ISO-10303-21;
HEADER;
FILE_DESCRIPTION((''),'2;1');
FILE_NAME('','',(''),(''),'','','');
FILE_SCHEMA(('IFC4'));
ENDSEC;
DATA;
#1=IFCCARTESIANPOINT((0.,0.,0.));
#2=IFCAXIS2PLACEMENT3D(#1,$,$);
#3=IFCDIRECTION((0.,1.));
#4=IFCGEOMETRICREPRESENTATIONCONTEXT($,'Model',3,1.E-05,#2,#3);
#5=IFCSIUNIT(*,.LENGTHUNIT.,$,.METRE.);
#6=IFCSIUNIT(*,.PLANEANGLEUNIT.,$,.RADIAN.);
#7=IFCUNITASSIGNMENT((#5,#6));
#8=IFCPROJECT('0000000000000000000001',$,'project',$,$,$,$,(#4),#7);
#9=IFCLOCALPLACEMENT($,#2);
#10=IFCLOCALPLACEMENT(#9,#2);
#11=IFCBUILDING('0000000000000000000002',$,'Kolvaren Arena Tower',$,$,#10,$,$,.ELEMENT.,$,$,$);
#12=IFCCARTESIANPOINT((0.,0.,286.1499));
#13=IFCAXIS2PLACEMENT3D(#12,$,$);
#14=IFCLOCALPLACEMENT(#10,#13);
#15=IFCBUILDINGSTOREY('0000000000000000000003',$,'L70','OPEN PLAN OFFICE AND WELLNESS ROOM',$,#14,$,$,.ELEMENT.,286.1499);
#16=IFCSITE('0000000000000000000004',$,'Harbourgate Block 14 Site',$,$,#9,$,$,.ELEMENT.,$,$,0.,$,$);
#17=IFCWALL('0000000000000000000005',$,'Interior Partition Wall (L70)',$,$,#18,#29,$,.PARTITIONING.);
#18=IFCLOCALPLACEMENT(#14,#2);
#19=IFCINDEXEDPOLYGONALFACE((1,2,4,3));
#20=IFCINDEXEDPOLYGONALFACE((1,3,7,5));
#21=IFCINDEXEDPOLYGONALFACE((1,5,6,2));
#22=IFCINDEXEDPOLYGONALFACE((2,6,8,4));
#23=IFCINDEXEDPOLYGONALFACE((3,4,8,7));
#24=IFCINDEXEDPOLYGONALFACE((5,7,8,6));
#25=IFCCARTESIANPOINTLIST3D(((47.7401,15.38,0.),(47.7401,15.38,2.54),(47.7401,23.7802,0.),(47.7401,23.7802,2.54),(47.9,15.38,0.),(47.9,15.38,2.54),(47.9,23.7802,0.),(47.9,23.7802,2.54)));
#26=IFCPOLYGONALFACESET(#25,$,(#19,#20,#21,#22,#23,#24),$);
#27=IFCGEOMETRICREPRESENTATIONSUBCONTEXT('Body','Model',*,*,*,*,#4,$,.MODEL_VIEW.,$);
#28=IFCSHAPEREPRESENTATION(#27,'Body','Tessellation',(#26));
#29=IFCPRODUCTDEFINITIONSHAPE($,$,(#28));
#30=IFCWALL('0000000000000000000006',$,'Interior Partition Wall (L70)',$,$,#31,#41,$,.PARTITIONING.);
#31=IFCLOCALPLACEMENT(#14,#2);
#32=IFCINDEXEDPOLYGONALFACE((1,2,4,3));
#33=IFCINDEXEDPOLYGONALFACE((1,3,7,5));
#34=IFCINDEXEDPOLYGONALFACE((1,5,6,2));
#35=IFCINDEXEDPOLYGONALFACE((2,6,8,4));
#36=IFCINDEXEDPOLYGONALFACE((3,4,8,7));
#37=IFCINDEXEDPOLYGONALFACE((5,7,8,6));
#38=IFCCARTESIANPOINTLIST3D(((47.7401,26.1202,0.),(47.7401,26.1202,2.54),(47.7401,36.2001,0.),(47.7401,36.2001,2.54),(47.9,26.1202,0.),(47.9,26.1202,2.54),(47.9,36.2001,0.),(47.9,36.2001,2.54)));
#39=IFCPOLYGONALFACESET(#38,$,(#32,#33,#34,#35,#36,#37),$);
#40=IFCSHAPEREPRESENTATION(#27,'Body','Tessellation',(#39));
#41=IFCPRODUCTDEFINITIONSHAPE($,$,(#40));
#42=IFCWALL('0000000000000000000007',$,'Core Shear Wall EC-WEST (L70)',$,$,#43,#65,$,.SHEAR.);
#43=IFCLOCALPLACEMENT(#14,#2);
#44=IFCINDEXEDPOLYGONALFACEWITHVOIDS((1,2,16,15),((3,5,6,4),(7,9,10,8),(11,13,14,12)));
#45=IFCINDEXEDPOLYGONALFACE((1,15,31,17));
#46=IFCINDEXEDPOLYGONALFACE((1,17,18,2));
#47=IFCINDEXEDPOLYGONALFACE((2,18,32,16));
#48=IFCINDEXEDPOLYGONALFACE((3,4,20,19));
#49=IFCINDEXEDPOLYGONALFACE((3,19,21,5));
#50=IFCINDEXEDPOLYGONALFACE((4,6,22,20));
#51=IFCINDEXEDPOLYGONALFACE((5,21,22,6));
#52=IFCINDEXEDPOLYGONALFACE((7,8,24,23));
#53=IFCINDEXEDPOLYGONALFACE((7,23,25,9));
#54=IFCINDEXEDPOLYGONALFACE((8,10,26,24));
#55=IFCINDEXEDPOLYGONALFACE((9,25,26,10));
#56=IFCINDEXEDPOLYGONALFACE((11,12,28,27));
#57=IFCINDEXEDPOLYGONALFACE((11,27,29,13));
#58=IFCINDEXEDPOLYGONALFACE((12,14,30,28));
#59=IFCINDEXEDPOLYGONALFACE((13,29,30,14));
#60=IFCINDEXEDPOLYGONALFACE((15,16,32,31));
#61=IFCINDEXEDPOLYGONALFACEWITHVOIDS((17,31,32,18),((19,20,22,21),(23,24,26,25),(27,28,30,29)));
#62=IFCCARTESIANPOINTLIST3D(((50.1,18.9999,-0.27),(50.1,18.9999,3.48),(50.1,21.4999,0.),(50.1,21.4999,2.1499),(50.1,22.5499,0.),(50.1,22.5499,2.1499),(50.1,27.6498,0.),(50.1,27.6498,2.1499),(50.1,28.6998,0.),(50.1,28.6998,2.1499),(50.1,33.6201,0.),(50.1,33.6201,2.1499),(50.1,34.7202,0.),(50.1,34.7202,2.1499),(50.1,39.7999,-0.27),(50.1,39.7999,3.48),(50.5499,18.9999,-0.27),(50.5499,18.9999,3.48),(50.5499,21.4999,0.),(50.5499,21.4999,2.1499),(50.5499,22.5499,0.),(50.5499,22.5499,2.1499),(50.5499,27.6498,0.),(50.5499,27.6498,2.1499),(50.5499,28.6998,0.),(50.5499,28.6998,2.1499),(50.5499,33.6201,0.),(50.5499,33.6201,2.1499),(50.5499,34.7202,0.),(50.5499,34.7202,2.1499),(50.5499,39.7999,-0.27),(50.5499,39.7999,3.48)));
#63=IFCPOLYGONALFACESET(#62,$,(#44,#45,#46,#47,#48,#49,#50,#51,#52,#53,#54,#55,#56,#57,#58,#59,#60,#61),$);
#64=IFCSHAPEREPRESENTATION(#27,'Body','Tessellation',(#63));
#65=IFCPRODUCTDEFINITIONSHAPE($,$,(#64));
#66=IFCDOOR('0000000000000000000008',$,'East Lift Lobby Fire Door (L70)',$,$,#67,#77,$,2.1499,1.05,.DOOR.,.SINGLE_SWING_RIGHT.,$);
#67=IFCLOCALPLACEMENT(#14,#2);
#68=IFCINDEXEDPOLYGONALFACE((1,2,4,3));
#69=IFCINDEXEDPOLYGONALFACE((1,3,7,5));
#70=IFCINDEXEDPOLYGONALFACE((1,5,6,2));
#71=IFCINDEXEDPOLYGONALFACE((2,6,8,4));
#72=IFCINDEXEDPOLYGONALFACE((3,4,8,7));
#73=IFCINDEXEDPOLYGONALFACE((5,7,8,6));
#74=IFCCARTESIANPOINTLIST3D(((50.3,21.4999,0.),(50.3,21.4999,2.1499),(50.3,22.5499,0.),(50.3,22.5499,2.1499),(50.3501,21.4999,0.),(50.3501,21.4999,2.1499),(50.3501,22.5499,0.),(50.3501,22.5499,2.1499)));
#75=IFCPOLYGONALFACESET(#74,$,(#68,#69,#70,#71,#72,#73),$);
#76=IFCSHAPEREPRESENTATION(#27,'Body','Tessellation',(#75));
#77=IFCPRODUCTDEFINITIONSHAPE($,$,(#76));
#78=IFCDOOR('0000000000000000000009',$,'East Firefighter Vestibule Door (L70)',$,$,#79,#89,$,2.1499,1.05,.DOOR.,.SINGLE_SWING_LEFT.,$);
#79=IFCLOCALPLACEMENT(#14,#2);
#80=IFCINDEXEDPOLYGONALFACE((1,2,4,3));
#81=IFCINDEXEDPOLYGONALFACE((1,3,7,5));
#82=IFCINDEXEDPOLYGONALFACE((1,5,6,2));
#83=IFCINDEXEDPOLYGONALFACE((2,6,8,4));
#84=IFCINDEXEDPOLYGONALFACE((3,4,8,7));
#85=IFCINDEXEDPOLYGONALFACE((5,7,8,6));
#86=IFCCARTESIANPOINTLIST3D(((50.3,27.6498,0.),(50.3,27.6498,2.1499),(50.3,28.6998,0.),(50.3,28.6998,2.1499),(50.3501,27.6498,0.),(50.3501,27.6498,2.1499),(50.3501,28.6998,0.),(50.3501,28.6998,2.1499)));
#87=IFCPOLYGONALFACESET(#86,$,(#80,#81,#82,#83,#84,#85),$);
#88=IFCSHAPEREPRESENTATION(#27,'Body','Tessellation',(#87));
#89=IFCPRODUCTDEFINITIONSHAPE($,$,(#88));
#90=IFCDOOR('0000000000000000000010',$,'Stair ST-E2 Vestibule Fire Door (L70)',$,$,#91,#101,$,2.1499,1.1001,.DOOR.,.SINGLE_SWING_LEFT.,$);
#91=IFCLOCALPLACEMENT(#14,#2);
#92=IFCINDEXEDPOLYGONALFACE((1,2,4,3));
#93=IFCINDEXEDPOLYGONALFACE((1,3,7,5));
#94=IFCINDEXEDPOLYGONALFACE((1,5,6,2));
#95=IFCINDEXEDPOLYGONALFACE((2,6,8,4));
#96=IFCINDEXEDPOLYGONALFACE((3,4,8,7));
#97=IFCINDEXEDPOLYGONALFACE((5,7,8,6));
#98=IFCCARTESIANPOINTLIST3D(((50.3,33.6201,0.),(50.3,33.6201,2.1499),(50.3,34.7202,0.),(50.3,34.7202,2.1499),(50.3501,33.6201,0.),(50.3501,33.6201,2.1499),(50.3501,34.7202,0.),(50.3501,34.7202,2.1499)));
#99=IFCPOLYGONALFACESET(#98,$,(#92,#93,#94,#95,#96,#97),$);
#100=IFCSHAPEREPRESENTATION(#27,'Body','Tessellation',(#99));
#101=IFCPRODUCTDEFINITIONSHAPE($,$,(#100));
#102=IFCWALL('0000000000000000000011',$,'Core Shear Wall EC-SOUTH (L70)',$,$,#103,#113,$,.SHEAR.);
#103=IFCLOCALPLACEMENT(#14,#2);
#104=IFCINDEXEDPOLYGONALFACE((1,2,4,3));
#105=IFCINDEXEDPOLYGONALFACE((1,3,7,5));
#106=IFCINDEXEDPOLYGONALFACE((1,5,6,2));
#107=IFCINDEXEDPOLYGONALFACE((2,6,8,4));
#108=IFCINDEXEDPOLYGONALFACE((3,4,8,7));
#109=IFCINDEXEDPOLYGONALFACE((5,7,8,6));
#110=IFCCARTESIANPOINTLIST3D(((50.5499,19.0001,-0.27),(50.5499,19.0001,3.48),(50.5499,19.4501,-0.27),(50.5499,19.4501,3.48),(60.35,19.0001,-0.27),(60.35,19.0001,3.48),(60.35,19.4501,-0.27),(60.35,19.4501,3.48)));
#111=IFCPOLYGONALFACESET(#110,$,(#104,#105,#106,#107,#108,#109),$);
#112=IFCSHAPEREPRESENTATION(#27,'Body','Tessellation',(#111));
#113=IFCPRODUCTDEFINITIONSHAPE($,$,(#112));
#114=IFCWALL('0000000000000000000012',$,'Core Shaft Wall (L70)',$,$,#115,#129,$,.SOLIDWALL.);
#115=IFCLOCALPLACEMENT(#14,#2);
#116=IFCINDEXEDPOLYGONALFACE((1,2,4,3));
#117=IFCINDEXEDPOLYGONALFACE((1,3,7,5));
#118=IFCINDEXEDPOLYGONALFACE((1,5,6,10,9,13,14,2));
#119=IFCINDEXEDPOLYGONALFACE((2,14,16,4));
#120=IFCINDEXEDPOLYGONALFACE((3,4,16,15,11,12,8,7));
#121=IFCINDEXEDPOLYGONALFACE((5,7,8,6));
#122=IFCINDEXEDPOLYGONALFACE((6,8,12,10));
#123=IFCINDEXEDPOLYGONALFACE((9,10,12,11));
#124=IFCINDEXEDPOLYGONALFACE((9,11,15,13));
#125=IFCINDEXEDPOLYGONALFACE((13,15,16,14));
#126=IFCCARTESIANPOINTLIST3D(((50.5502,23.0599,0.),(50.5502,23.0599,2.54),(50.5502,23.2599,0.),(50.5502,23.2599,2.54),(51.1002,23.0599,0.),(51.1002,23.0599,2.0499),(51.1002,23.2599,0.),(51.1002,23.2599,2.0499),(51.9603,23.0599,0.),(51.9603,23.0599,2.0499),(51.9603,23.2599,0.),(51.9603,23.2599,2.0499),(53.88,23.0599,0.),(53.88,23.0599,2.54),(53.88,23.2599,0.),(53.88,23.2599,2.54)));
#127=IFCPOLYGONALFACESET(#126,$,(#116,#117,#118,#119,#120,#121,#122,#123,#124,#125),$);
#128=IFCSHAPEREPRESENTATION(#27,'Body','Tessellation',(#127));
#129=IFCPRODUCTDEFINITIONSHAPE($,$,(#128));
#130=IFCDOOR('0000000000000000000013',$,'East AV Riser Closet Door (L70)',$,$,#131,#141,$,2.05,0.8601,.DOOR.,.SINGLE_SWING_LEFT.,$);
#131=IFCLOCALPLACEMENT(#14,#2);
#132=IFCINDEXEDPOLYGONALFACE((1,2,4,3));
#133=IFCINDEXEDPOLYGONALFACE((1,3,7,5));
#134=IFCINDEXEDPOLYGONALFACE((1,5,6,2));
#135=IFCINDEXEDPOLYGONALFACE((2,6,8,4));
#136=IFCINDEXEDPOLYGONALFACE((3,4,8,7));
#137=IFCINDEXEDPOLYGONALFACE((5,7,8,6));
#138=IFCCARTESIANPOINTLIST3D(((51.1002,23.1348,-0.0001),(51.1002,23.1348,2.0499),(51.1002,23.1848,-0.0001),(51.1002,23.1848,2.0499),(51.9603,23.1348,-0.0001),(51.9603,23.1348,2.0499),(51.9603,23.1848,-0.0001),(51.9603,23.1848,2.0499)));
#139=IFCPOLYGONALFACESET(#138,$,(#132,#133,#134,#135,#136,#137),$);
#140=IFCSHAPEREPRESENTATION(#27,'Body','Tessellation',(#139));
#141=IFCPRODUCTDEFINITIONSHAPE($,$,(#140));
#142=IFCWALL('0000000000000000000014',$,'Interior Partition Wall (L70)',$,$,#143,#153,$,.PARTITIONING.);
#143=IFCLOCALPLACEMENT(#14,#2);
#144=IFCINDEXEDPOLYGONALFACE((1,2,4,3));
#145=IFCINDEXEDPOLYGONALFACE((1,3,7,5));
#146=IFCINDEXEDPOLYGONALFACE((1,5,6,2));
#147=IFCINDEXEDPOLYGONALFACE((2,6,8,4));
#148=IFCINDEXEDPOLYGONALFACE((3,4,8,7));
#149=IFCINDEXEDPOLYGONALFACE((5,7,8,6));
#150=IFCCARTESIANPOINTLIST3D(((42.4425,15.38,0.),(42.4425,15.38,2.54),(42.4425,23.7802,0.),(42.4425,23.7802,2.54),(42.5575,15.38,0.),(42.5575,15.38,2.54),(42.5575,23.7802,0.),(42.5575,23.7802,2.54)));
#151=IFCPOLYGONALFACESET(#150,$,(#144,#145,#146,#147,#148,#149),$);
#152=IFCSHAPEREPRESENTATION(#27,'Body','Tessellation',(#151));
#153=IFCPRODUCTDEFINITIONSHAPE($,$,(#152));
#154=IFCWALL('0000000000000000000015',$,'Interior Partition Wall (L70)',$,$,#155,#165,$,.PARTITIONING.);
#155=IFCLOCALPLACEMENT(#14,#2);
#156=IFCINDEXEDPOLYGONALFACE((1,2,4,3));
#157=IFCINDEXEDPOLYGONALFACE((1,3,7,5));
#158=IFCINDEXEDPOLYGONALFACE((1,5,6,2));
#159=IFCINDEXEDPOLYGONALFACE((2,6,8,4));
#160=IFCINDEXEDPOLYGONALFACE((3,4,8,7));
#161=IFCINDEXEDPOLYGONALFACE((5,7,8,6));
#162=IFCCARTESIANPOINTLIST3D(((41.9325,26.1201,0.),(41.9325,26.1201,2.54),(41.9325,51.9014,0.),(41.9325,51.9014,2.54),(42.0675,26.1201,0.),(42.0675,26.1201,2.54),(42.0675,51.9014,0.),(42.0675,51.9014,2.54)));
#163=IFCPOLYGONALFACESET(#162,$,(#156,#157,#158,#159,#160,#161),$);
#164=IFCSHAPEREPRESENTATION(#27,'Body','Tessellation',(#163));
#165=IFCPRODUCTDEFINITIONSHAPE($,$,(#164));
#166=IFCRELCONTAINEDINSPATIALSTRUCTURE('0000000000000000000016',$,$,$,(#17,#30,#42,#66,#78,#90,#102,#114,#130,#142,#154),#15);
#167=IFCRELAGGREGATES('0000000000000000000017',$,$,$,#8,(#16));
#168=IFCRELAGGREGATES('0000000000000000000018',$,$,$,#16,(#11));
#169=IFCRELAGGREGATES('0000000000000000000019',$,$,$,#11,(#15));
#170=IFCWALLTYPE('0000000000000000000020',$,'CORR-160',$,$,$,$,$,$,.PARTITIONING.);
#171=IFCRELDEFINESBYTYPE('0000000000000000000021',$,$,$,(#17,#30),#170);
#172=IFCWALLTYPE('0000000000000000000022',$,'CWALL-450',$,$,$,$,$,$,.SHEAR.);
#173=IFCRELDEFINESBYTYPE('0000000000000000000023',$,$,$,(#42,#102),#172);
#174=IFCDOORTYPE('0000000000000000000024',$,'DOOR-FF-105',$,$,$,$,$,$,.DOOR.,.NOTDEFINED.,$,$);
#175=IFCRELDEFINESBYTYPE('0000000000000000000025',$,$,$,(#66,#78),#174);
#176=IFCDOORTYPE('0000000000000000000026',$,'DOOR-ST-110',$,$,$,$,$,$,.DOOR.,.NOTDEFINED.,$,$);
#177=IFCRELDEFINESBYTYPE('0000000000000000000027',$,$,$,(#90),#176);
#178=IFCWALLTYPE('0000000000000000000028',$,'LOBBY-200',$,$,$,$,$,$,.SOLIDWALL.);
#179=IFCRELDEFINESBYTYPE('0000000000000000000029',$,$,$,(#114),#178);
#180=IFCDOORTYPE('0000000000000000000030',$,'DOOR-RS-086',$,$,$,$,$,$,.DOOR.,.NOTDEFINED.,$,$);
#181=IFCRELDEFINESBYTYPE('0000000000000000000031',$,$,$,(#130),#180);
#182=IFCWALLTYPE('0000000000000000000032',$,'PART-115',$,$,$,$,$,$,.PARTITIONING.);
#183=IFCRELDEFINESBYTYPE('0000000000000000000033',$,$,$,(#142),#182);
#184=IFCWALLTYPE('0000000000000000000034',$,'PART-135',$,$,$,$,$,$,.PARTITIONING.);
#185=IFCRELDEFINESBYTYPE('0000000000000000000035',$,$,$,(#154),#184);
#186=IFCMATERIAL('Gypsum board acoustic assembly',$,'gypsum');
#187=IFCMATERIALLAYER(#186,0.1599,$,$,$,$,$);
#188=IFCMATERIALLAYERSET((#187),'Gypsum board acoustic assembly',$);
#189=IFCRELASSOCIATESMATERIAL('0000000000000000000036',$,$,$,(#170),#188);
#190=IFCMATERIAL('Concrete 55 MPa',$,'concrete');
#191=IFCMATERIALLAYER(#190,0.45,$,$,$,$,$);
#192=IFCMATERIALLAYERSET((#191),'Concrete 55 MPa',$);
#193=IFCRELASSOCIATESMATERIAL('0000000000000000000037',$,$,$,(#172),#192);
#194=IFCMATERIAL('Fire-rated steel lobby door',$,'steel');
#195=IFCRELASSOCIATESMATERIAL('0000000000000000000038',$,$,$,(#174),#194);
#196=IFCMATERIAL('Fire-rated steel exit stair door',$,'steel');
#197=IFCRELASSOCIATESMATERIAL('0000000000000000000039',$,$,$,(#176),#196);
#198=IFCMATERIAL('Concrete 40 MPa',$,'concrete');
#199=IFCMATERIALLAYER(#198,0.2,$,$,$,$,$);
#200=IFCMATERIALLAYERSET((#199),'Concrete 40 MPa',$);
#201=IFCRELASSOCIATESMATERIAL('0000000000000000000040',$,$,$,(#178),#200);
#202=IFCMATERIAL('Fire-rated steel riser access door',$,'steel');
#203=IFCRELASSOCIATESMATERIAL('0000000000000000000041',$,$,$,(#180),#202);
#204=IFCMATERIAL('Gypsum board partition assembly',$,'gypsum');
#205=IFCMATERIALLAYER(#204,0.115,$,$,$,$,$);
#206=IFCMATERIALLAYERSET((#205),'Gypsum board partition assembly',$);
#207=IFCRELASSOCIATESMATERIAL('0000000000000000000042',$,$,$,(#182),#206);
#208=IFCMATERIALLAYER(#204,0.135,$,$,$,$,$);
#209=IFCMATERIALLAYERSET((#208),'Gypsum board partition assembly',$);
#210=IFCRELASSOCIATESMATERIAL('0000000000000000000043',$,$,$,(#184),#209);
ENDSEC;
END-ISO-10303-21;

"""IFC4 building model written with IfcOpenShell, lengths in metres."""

from ifc_helpers import new_model, si_unit, direction, frame, frame_2d, origin, place, context, subcontext, project, spatial, rectangle, extrude, material, layer, layer_set, type_object, element, fill, save


model = new_model("IFC4")

# Units and contexts
model_context = context("Model", 3, precision=1e-05, world=origin(), true_north=direction((0.0, 1.0)))
body_context = subcontext(model_context, "Body", "Model", "MODEL_VIEW")
ifc_project = project(units=[si_unit("LENGTHUNIT", "METRE"), si_unit("PLANEANGLEUNIT", "RADIAN")], contexts=[model_context])

# Site, building, storey
site_placement = place(None, origin())
site = spatial("IfcSite", under=ifc_project, at=site_placement, Name="Harbourgate Block 14 Site", CompositionType="ELEMENT", RefElevation=0.0)
building_placement = place(site_placement, origin())
building = spatial("IfcBuilding", under=site, at=building_placement, Name="Kolvaren Arena Tower", CompositionType="ELEMENT")
storey_placement = place(building_placement, frame((0.0, 0.0, 286.1499)))
storey = spatial("IfcBuildingStorey", under=building, at=storey_placement, Name="L70", Description="OPEN PLAN OFFICE AND WELLNESS ROOM", CompositionType="ELEMENT", Elevation=286.1499)

# Shared definitions
ifc_material_1 = material(Name="Gypsum board acoustic assembly", Category="gypsum")
ifc_layer_1 = layer(ifc_material_1, 0.1599)
ifc_layer_set_1 = layer_set([ifc_layer_1], Name="Gypsum board acoustic assembly")
wall_type_1 = type_object("IfcWallType", Name="CORR-160", PredefinedType="PARTITIONING", material=ifc_layer_set_1)

# Walls
wall_1_placement = place(storey_placement, frame((47.8201, 15.3799, 0.0), z_axis=(0.0, 0.0, 1.0), x_axis=(0.0, 1.0, 0.0)))
element("IfcWall", 1, at=wall_1_placement, inside=storey, type_object=wall_type_1, Name="Interior Partition Wall (L70)", PredefinedType="PARTITIONING", context=body_context, shape_type="SweptSolid", body=[
    extrude(rectangle(XDim=8.4001, YDim=0.1599, at=frame_2d((4.2002, 0.0))), origin(), (0.0, 0.0, 1.0), 2.54),
])
wall_2_placement = place(storey_placement, frame((47.8201, 26.1201, 0.0), z_axis=(0.0, 0.0, 1.0), x_axis=(0.0, 1.0, 0.0)))
element("IfcWall", 2, at=wall_2_placement, inside=storey, type_object=wall_type_1, Name="Interior Partition Wall (L70)", PredefinedType="PARTITIONING", context=body_context, shape_type="SweptSolid", body=[
    extrude(rectangle(XDim=10.0798, YDim=0.1599, at=frame_2d((5.04, 0.0))), origin(), (0.0, 0.0, 1.0), 2.54),
])

# Wall, openings, doors
ifc_material_2 = material(Name="Concrete 55 MPa", Category="concrete")
ifc_layer_2 = layer(ifc_material_2, 0.45)
ifc_layer_set_2 = layer_set([ifc_layer_2], Name="Concrete 55 MPa")
wall_type_2 = type_object("IfcWallType", Name="CWALL-450", PredefinedType="SHEAR", material=ifc_layer_set_2)
wall_3_placement = place(storey_placement, frame((50.325, 19.0, -0.27), z_axis=(0.0, 0.0, 1.0), x_axis=(0.0, 1.0, 0.0)))
wall_3 = element("IfcWall", 3, at=wall_3_placement, inside=storey, type_object=wall_type_2, Name="Core Shear Wall EC-WEST (L70)", PredefinedType="SHEAR", context=body_context, shape_type="SweptSolid", body=[
    extrude(rectangle(XDim=20.8, YDim=0.45, at=frame_2d((10.3999, 0.0))), origin(), (0.0, 0.0, 1.0), 3.75),
])
opening_1_placement = place(wall_3_placement, frame((2.5, 0.0, 0.27)))
opening_1 = element("IfcOpeningElement", 4, at=opening_1_placement, cuts=wall_3, PredefinedType="OPENING", context=body_context, shape_type="SweptSolid", body=[
    extrude(rectangle(XDim=1.05, YDim=2.1499, at=frame_2d((0.5249, 1.075))), frame((0.0, 0.2349, 0.0), z_axis=(0.0, -1.0, 0.0), x_axis=(1.0, 0.0, 0.0)), (0.0, 0.0, 1.0), 0.47),
])
opening_2_placement = place(wall_3_placement, frame((8.6499, 0.0, 0.27)))
opening_2 = element("IfcOpeningElement", 5, at=opening_2_placement, cuts=wall_3, PredefinedType="OPENING", context=body_context, shape_type="SweptSolid", body=[
    extrude(rectangle(XDim=1.05, YDim=2.1499, at=frame_2d((0.5249, 1.075))), frame((0.0, 0.2349, 0.0), z_axis=(0.0, -1.0, 0.0), x_axis=(1.0, 0.0, 0.0)), (0.0, 0.0, 1.0), 0.47),
])
opening_3_placement = place(wall_3_placement, frame((14.6201, 0.0, 0.27)))
opening_3 = element("IfcOpeningElement", 6, at=opening_3_placement, cuts=wall_3, PredefinedType="OPENING", context=body_context, shape_type="SweptSolid", body=[
    extrude(rectangle(XDim=1.1001, YDim=2.1499, at=frame_2d((0.55, 1.075))), frame((0.0, 0.2349, 0.0), z_axis=(0.0, -1.0, 0.0), x_axis=(1.0, 0.0, 0.0)), (0.0, 0.0, 1.0), 0.47),
])
ifc_material_3 = material(Name="Fire-rated steel lobby door", Category="steel")
door_type_1 = type_object("IfcDoorType", Name="DOOR-FF-105", OperationType="NOTDEFINED", PredefinedType="DOOR", material=ifc_material_3)
door_1_placement = place(opening_1_placement, origin())
door_1 = element("IfcDoor", 7, at=door_1_placement, inside=storey, type_object=door_type_1, Name="East Lift Lobby Fire Door (L70)", OperationType="SINGLE_SWING_RIGHT", OverallHeight=2.1499, OverallWidth=1.05, PredefinedType="DOOR", context=body_context, shape_type="SweptSolid", body=[
    extrude(rectangle(XDim=1.05, YDim=2.1499, at=frame_2d((0.5249, 1.075))), frame((0.0, 0.0249, 0.0), z_axis=(0.0, -1.0, 0.0), x_axis=(1.0, 0.0, 0.0)), (0.0, 0.0, 1.0), 0.05),
])
fill(opening_1, door_1)
door_2_placement = place(opening_2_placement, origin())
door_2 = element("IfcDoor", 8, at=door_2_placement, inside=storey, type_object=door_type_1, Name="East Firefighter Vestibule Door (L70)", OperationType="SINGLE_SWING_LEFT", OverallHeight=2.1499, OverallWidth=1.05, PredefinedType="DOOR", context=body_context, shape_type="SweptSolid", body=[
    extrude(rectangle(XDim=1.05, YDim=2.1499, at=frame_2d((0.5249, 1.075))), frame((0.0, 0.0249, 0.0), z_axis=(0.0, -1.0, 0.0), x_axis=(1.0, 0.0, 0.0)), (0.0, 0.0, 1.0), 0.05),
])
fill(opening_2, door_2)
ifc_material_4 = material(Name="Fire-rated steel exit stair door", Category="steel")
door_type_2 = type_object("IfcDoorType", Name="DOOR-ST-110", OperationType="NOTDEFINED", PredefinedType="DOOR", material=ifc_material_4)
door_3_placement = place(opening_3_placement, origin())
door_3 = element("IfcDoor", 9, at=door_3_placement, inside=storey, type_object=door_type_2, Name="Stair ST-E2 Vestibule Fire Door (L70)", OperationType="SINGLE_SWING_LEFT", OverallHeight=2.1499, OverallWidth=1.1001, PredefinedType="DOOR", context=body_context, shape_type="SweptSolid", body=[
    extrude(rectangle(XDim=1.1001, YDim=2.1499, at=frame_2d((0.55, 1.075))), frame((0.0, 0.0249, 0.0), z_axis=(0.0, -1.0, 0.0), x_axis=(1.0, 0.0, 0.0)), (0.0, 0.0, 1.0), 0.05),
])
fill(opening_3, door_3)

# Wall
wall_4_placement = place(storey_placement, frame((50.55, 19.2251, -0.27), z_axis=(0.0, 0.0, 1.0), x_axis=(1.0, 0.0, 0.0)))
element("IfcWall", 10, at=wall_4_placement, inside=storey, type_object=wall_type_2, Name="Core Shear Wall EC-SOUTH (L70)", PredefinedType="SHEAR", context=body_context, shape_type="SweptSolid", body=[
    extrude(rectangle(XDim=9.8, YDim=0.45, at=frame_2d((4.8999, 0.0))), origin(), (0.0, 0.0, 1.0), 3.75),
])

# Shared definitions
ifc_material_5 = material(Name="Concrete 40 MPa", Category="concrete")
ifc_layer_3 = layer(ifc_material_5, 0.2)
ifc_layer_set_3 = layer_set([ifc_layer_3], Name="Concrete 40 MPa")
wall_type_3 = type_object("IfcWallType", Name="LOBBY-200", PredefinedType="SOLIDWALL", material=ifc_layer_set_3)

# Wall, opening, door
wall_5_placement = place(storey_placement, frame((50.55, 23.1599, 0.0), z_axis=(0.0, 0.0, 1.0), x_axis=(1.0, 0.0, 0.0)))
wall_5 = element("IfcWall", 11, at=wall_5_placement, inside=storey, type_object=wall_type_3, Name="Core Shaft Wall (L70)", PredefinedType="SOLIDWALL", context=body_context, shape_type="SweptSolid", body=[
    extrude(rectangle(XDim=3.3298, YDim=0.2, at=frame_2d((1.665, 0.0))), origin(), (0.0, 0.0, 1.0), 2.54),
])
opening_4_placement = place(wall_5_placement, frame((0.55, 0.0, 0.0)))
opening_4 = element("IfcOpeningElement", 12, at=opening_4_placement, cuts=wall_5, PredefinedType="OPENING", context=body_context, shape_type="SweptSolid", body=[
    extrude(rectangle(XDim=0.8601, YDim=2.05, at=frame_2d((0.4302, 1.0249))), frame((0.0, 0.1099, 0.0), z_axis=(0.0, -1.0, 0.0), x_axis=(1.0, 0.0, 0.0)), (0.0, 0.0, 1.0), 0.22),
])
ifc_material_6 = material(Name="Fire-rated steel riser access door", Category="steel")
door_type_3 = type_object("IfcDoorType", Name="DOOR-RS-086", OperationType="NOTDEFINED", PredefinedType="DOOR", material=ifc_material_6)
door_4_placement = place(opening_4_placement, origin())
door_4 = element("IfcDoor", 13, at=door_4_placement, inside=storey, type_object=door_type_3, Name="East AV Riser Closet Door (L70)", OperationType="SINGLE_SWING_LEFT", OverallHeight=2.05, OverallWidth=0.8601, PredefinedType="DOOR", context=body_context, shape_type="SweptSolid", body=[
    extrude(rectangle(XDim=0.8601, YDim=2.05, at=frame_2d((0.4302, 1.0249))), frame((0.0, 0.0249, 0.0), z_axis=(0.0, -1.0, 0.0), x_axis=(1.0, 0.0, 0.0)), (0.0, 0.0, 1.0), 0.05),
])
fill(opening_4, door_4)

# Walls
ifc_material_7 = material(Name="Gypsum board partition assembly", Category="gypsum")
ifc_layer_4 = layer(ifc_material_7, 0.115)
ifc_layer_set_4 = layer_set([ifc_layer_4], Name="Gypsum board partition assembly")
wall_type_4 = type_object("IfcWallType", Name="PART-115", PredefinedType="PARTITIONING", material=ifc_layer_set_4)
wall_6_placement = place(storey_placement, frame((42.5, 15.3799, 0.0), z_axis=(0.0, 0.0, 1.0), x_axis=(0.0, 1.0, 0.0)))
element("IfcWall", 14, at=wall_6_placement, inside=storey, type_object=wall_type_4, Name="Interior Partition Wall (L70)", PredefinedType="PARTITIONING", context=body_context, shape_type="SweptSolid", body=[
    extrude(rectangle(XDim=8.4001, YDim=0.115, at=frame_2d((4.2002, 0.0))), origin(), (0.0, 0.0, 1.0), 2.54),
])
ifc_layer_5 = layer(ifc_material_7, 0.135)
ifc_layer_set_5 = layer_set([ifc_layer_5], Name="Gypsum board partition assembly")
wall_type_5 = type_object("IfcWallType", Name="PART-135", PredefinedType="PARTITIONING", material=ifc_layer_set_5)
wall_7_placement = place(storey_placement, frame((42.0, 26.1201, 0.0), z_axis=(0.0, 0.0, 1.0), x_axis=(0.0, 1.0, 0.0)))
element("IfcWall", 15, at=wall_7_placement, inside=storey, type_object=wall_type_5, Name="Interior Partition Wall (L70)", PredefinedType="PARTITIONING", context=body_context, shape_type="SweptSolid", body=[
    extrude(rectangle(XDim=25.7812, YDim=0.135, at=frame_2d((12.8906, 0.0))), origin(), (0.0, 0.0, 1.0), 2.54),
])

save(model, "model.ifc")
